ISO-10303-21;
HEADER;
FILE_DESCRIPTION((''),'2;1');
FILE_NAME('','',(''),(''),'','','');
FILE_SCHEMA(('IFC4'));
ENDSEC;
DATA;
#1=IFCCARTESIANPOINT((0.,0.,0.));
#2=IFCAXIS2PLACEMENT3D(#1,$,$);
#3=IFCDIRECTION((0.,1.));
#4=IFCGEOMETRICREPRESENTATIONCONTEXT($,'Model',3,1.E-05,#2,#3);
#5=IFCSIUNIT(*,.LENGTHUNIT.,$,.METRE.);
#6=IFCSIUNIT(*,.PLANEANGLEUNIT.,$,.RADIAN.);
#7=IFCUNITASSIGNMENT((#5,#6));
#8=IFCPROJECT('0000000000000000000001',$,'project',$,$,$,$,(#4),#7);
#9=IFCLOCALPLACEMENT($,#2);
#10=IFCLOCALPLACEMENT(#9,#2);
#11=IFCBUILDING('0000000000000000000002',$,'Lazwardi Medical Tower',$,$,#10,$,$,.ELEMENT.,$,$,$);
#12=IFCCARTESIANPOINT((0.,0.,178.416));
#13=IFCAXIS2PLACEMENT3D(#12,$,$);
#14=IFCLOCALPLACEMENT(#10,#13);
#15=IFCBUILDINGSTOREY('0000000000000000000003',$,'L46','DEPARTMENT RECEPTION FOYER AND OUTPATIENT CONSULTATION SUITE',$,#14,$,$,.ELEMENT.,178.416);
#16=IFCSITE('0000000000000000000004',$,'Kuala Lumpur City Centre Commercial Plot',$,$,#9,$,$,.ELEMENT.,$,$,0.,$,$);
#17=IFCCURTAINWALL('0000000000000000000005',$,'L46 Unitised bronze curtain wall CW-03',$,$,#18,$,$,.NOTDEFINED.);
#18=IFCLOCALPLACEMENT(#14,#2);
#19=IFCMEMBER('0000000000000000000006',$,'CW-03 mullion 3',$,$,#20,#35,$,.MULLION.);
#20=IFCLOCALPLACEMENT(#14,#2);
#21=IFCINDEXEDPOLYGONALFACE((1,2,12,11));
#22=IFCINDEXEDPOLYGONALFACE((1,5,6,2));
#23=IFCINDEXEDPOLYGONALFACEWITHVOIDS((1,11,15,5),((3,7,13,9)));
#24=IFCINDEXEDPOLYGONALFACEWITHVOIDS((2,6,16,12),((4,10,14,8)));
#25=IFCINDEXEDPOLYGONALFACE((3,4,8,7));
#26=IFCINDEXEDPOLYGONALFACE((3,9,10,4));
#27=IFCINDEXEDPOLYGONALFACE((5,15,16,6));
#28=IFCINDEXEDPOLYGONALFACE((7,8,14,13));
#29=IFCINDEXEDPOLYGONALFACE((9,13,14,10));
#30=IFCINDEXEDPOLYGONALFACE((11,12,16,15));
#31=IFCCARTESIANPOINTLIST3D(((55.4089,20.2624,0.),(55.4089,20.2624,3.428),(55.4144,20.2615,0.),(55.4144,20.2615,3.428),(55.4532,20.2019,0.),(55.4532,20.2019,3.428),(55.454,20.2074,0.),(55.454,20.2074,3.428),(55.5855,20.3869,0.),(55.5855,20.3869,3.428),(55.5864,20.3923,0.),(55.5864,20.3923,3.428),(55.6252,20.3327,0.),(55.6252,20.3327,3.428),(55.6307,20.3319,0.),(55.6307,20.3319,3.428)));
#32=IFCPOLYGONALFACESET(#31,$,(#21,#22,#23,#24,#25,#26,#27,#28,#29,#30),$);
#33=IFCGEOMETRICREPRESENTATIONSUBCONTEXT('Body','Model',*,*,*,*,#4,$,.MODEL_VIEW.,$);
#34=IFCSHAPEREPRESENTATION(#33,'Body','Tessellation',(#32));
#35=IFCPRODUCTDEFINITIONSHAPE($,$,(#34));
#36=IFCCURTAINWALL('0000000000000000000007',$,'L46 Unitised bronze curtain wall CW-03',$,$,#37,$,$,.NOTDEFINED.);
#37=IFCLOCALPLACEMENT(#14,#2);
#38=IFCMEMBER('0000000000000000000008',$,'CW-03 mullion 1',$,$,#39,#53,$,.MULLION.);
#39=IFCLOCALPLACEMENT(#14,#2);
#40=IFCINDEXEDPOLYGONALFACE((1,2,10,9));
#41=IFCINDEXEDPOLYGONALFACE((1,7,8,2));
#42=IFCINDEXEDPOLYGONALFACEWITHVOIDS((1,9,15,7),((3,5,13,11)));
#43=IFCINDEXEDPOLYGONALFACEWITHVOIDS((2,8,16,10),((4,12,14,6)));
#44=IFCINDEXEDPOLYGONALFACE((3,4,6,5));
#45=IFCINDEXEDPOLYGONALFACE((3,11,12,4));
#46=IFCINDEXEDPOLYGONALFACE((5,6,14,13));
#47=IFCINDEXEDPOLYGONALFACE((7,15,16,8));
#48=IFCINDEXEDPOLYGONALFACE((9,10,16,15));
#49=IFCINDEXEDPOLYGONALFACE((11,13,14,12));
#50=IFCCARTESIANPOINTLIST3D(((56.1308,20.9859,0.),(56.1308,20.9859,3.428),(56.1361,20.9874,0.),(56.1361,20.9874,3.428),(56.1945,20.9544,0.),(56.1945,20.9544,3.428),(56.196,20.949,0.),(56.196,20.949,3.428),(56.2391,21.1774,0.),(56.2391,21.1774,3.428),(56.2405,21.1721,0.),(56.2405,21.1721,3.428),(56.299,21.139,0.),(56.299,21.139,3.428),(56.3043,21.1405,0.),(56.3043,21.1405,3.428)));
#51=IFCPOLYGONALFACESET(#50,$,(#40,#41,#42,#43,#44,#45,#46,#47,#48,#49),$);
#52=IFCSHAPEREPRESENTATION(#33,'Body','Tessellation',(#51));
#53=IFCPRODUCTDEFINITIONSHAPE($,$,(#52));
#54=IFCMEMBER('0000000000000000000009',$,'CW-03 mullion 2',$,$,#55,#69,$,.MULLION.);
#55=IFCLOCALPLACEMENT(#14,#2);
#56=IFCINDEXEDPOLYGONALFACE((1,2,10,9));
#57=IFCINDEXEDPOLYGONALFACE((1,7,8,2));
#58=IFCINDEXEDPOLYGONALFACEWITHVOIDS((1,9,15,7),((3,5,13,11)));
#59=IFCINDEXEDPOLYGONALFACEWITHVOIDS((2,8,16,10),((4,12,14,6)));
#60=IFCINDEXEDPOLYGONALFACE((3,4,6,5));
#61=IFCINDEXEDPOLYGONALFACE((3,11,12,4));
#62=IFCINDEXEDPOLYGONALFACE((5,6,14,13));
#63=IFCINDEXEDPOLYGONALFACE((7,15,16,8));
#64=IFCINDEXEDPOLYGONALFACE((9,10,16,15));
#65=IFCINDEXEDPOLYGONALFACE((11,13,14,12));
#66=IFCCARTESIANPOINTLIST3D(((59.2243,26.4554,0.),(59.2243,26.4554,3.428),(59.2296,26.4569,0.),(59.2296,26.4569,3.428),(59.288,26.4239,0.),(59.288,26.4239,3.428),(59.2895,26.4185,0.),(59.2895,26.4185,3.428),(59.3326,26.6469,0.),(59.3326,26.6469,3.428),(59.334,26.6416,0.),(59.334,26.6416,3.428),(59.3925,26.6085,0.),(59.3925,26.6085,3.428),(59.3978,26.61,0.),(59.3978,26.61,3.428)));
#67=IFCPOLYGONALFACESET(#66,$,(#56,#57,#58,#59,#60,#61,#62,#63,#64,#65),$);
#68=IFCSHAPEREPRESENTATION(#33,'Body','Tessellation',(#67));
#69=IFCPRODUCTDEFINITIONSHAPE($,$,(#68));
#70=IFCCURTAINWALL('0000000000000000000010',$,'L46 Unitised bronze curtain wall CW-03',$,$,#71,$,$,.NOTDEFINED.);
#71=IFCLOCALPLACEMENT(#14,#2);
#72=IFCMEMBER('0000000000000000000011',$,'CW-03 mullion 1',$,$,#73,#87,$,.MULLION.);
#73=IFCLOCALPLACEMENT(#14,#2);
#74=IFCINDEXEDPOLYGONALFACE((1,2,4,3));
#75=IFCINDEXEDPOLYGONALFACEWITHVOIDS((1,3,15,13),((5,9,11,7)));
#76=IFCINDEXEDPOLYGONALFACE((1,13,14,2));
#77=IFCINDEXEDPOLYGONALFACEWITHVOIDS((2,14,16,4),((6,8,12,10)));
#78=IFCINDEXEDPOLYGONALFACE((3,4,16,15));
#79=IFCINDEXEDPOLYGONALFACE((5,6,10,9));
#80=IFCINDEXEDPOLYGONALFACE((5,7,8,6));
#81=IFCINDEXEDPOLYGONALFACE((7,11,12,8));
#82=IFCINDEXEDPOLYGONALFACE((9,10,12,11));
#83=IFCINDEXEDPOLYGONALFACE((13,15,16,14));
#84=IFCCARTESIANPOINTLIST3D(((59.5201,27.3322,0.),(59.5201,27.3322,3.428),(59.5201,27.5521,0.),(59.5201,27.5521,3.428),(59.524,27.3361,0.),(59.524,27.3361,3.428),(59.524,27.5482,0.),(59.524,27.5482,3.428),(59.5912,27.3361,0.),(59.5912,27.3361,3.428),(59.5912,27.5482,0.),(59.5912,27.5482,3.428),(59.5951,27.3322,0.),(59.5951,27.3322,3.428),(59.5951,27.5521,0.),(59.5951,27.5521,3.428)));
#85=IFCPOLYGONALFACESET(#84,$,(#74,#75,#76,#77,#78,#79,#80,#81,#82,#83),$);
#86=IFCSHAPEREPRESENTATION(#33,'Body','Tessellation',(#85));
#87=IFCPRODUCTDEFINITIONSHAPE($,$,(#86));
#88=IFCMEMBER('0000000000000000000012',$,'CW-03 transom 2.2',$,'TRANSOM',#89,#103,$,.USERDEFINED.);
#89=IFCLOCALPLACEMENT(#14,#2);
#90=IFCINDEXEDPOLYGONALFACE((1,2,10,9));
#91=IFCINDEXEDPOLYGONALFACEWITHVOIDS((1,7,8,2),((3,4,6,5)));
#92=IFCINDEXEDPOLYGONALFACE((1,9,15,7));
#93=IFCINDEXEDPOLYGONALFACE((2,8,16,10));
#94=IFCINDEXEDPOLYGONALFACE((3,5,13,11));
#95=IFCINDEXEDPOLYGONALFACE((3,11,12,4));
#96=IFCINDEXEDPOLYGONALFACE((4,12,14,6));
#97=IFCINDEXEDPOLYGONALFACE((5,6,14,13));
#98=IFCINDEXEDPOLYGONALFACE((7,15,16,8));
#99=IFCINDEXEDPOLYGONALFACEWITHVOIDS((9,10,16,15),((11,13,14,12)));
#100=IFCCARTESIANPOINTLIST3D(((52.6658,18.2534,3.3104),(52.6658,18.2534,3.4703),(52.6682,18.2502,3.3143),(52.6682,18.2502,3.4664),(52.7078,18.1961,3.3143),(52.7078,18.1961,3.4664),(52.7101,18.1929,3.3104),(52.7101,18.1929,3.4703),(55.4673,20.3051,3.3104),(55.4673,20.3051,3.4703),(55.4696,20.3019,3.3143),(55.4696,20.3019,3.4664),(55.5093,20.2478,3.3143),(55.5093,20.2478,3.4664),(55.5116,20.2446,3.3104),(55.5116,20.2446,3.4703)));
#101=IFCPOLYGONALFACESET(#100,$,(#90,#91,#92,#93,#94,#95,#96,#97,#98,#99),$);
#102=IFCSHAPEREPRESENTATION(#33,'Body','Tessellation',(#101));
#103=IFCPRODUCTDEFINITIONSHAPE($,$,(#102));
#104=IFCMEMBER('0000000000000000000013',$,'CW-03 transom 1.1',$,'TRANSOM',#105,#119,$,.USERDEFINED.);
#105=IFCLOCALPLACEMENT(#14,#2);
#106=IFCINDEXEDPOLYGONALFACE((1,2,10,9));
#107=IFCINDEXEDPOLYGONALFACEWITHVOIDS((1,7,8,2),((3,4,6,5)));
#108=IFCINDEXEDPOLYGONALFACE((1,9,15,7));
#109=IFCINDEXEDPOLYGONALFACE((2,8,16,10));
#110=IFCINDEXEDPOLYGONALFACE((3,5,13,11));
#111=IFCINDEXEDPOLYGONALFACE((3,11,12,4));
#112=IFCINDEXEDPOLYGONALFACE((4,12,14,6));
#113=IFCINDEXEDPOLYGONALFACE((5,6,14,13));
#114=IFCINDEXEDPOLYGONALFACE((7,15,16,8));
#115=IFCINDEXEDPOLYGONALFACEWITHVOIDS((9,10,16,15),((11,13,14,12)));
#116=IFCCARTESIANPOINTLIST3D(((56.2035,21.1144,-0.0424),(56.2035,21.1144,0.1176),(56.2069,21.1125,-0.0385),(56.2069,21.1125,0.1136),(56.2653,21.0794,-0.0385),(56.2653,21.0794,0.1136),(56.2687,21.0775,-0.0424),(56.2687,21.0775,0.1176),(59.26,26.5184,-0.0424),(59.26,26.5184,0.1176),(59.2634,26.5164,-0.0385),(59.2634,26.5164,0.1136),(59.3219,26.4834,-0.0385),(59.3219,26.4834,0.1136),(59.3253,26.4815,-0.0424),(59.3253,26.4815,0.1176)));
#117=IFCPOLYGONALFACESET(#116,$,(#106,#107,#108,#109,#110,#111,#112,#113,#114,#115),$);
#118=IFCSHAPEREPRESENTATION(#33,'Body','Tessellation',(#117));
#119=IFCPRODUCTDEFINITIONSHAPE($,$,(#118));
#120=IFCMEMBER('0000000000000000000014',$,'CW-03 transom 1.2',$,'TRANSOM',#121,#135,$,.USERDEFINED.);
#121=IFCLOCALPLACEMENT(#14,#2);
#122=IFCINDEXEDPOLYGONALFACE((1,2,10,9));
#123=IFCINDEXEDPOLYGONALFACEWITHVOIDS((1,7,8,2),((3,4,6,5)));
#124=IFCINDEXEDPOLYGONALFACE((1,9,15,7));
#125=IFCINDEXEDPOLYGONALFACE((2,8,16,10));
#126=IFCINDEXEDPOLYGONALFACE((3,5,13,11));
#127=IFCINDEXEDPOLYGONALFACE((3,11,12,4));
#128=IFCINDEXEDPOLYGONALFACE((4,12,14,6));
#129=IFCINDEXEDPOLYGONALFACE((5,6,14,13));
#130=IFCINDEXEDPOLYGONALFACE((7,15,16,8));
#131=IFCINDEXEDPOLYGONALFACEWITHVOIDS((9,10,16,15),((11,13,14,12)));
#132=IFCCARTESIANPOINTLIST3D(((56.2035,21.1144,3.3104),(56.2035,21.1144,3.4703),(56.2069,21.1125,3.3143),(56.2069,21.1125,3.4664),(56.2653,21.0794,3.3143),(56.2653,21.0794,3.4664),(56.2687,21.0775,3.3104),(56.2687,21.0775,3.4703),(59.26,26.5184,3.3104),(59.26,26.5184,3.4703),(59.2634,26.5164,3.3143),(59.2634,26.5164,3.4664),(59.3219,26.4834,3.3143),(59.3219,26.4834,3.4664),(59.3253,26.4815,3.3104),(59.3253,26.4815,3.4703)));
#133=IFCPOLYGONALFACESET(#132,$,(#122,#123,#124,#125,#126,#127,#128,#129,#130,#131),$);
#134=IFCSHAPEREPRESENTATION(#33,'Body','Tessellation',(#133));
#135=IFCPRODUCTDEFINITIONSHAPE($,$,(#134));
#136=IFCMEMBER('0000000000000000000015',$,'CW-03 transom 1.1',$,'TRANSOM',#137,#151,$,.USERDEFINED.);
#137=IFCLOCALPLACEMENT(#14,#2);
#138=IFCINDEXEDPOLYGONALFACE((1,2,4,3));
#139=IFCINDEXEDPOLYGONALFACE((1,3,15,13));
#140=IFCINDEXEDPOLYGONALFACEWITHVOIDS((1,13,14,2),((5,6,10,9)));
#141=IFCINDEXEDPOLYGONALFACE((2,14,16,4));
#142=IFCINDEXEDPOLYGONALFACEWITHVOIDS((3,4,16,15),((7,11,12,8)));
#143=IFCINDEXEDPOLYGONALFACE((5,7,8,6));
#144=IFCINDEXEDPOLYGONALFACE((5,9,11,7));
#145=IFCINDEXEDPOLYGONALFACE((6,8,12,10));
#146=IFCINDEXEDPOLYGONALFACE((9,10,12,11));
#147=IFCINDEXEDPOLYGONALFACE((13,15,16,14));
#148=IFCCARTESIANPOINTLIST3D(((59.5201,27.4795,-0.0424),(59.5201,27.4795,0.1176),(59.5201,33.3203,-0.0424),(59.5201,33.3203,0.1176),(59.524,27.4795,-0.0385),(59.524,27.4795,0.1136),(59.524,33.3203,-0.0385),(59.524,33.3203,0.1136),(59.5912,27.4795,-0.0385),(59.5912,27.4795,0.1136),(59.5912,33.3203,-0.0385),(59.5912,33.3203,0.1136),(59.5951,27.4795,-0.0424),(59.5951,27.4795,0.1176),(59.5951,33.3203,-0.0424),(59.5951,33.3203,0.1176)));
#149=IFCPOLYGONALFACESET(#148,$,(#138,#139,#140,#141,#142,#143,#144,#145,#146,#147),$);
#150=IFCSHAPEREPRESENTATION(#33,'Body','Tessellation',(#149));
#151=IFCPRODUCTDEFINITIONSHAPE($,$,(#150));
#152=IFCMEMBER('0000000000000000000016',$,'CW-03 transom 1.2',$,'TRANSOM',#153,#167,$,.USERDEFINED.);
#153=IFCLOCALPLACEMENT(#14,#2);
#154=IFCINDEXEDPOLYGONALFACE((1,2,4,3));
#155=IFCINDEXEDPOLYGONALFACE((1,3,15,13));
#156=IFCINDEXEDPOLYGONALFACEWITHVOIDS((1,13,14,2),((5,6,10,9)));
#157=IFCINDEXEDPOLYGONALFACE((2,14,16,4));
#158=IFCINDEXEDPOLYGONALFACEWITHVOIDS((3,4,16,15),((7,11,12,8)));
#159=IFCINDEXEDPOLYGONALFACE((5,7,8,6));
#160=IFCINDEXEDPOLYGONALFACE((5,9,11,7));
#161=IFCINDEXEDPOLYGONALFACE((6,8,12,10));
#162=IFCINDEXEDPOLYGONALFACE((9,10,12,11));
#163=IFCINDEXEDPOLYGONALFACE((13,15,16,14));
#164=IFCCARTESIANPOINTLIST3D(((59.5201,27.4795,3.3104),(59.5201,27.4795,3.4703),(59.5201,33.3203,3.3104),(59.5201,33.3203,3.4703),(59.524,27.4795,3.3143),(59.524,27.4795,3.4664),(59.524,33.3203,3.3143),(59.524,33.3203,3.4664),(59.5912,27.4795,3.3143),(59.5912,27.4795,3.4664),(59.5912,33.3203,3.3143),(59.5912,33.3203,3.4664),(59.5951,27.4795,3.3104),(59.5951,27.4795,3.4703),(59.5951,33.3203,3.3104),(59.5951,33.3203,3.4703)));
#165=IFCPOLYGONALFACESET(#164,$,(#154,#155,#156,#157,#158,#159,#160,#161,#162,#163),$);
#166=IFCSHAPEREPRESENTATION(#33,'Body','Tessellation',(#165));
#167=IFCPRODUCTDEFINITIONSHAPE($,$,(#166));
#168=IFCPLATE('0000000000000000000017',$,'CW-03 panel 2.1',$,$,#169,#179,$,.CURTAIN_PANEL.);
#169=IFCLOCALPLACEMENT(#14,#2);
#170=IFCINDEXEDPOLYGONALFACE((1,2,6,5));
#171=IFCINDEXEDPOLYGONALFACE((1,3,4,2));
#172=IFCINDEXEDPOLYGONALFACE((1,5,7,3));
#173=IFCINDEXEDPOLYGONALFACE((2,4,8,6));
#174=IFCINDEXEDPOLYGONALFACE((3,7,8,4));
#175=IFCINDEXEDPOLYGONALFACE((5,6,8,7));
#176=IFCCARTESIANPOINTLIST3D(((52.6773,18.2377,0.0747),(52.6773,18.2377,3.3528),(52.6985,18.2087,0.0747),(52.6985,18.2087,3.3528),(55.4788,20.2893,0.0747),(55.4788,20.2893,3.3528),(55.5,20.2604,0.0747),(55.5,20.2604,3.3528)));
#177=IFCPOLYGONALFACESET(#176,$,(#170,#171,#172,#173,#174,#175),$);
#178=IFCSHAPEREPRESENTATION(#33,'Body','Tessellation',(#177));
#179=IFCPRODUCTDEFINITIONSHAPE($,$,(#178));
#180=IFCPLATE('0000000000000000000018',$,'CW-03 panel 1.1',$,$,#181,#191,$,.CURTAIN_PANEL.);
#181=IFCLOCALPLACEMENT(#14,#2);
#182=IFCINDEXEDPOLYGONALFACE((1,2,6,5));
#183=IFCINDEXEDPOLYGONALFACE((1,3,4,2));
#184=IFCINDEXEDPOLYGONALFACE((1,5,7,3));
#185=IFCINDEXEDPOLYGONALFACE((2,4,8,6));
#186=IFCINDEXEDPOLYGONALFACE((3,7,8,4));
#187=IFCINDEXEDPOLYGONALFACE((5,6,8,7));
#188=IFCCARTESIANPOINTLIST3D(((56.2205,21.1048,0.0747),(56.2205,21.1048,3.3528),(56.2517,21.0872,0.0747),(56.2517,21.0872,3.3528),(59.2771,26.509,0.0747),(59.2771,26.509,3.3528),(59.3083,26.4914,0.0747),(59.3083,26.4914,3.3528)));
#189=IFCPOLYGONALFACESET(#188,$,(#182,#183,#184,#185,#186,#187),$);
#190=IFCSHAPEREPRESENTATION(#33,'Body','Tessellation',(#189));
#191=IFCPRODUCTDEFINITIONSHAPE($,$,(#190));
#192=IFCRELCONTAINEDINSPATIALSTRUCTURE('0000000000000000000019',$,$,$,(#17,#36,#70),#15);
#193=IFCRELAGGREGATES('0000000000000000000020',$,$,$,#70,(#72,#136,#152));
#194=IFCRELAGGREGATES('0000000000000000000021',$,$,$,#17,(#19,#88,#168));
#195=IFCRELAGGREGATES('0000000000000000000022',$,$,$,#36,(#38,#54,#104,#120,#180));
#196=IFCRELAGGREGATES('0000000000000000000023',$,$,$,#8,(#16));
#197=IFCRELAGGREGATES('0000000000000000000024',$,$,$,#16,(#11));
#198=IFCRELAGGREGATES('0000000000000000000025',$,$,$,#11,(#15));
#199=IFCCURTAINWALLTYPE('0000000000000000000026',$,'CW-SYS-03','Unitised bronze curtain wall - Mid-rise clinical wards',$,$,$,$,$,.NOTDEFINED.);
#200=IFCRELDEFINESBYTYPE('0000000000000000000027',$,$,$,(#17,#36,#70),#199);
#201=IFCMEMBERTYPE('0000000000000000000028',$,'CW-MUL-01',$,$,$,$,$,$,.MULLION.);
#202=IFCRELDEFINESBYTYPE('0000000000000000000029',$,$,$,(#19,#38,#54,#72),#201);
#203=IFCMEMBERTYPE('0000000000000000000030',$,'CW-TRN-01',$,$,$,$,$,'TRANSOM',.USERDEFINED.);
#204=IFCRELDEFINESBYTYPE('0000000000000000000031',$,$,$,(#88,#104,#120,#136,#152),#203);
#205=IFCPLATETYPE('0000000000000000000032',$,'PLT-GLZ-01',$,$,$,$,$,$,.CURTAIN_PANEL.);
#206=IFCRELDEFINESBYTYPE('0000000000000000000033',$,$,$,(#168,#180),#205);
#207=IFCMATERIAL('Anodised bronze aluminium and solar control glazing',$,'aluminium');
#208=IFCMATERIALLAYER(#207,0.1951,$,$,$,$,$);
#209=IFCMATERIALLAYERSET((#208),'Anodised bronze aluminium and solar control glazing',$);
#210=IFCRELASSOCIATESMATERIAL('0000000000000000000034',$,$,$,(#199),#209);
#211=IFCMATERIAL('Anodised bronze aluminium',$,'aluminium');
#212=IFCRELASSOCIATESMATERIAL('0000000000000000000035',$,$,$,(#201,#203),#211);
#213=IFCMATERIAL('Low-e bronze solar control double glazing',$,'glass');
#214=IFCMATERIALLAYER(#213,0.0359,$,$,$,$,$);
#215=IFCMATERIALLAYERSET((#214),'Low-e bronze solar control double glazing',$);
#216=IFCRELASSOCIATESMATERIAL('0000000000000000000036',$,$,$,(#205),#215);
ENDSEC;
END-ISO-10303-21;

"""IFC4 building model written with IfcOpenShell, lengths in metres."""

from ifc_helpers import new_model, si_unit, direction, frame, origin, origin_2d, place, context, subcontext, project, spatial, rectangle, hollow_rectangle, extrude, material, layer, layer_set, material_profile, profile_set, type_object, element, aggregate, save


model = new_model("IFC4")

# Units and contexts
model_context = context("Model", 3, precision=1e-05, world=origin(), true_north=direction((0.0, 1.0)))
body_context = subcontext(model_context, "Body", "Model", "MODEL_VIEW")
ifc_project = project(units=[si_unit("LENGTHUNIT", "METRE"), si_unit("PLANEANGLEUNIT", "RADIAN")], contexts=[model_context])

# Site, building, storey
site_placement = place(None, origin())
site = spatial("IfcSite", under=ifc_project, at=site_placement, Name="Kuala Lumpur City Centre Commercial Plot", CompositionType="ELEMENT", RefElevation=0.0)
building_placement = place(site_placement, origin())
building = spatial("IfcBuilding", under=site, at=building_placement, Name="Lazwardi Medical Tower", CompositionType="ELEMENT")
storey_placement = place(building_placement, frame((0.0, 0.0, 178.416)))
storey = spatial("IfcBuildingStorey", under=building, at=storey_placement, Name="L46", Description="DEPARTMENT RECEPTION FOYER AND OUTPATIENT CONSULTATION SUITE", CompositionType="ELEMENT", Elevation=178.416)

# Curtain wall, member
ifc_material_1 = material(Name="Anodised bronze aluminium and solar control glazing", Category="aluminium")
ifc_layer_1 = layer(ifc_material_1, 0.1951)
ifc_layer_set_1 = layer_set([ifc_layer_1], Name="Anodised bronze aluminium and solar control glazing")
curtain_wall_type = type_object("IfcCurtainWallType", Name="CW-SYS-03", Description="Unitised bronze curtain wall - Mid-rise clinical wards", PredefinedType="NOTDEFINED", material=ifc_layer_set_1)
curtain_wall_1_placement = place(storey_placement, origin())
curtain_wall_1 = element("IfcCurtainWall", 1, at=curtain_wall_1_placement, inside=storey, type_object=curtain_wall_type, Name="L46 Unitised bronze curtain wall CW-03", PredefinedType="NOTDEFINED")
ifc_material_2 = material(Name="Anodised bronze aluminium", Category="aluminium")
ifc_material_profile_1 = material_profile(ifc_material_2, hollow_rectangle(XDim=0.075, YDim=0.22, WallThickness=0.0039, at=origin_2d()), Name="ALU-MULLION 220x75x4")
ifc_profile_set_1 = profile_set([ifc_material_profile_1], Name="Anodised bronze aluminium")
member_type_1 = type_object("IfcMemberType", Name="CW-MUL-01", PredefinedType="MULLION", material=ifc_profile_set_1)
member_1_placement = place(storey_placement, frame((55.5198, 20.2971, 0.0), z_axis=(0.0, 0.0, 1.0), x_axis=(-0.590834, 0.806793, 0.0)))
member_1 = element("IfcMember", 2, at=member_1_placement, type_object=member_type_1, Name="CW-03 mullion 3", PredefinedType="MULLION", context=body_context, shape_type="SweptSolid", body=[
    extrude(hollow_rectangle(XDim=0.075, YDim=0.22, WallThickness=0.0039, at=origin_2d()), origin(), (0.0, 0.0, 1.0), 3.428),
])

# Curtain wall, members
curtain_wall_2_placement = place(storey_placement, origin())
curtain_wall_2 = element("IfcCurtainWall", 3, at=curtain_wall_2_placement, inside=storey, type_object=curtain_wall_type, Name="L46 Unitised bronze curtain wall CW-03", PredefinedType="NOTDEFINED")
member_2_placement = place(storey_placement, frame((56.2175, 21.0632, 0.0), z_axis=(0.0, 0.0, 1.0), x_axis=(-0.870419, 0.492312, 0.0)))
member_2 = element("IfcMember", 4, at=member_2_placement, type_object=member_type_1, Name="CW-03 mullion 1", PredefinedType="MULLION", context=body_context, shape_type="SweptSolid", body=[
    extrude(hollow_rectangle(XDim=0.075, YDim=0.22, WallThickness=0.0039, at=origin_2d()), origin(), (0.0, 0.0, 1.0), 3.428),
])
member_3_placement = place(storey_placement, frame((59.311, 26.5327, 0.0), z_axis=(0.0, 0.0, 1.0), x_axis=(-0.870419, 0.492312, 0.0)))
member_3 = element("IfcMember", 5, at=member_3_placement, type_object=member_type_1, Name="CW-03 mullion 2", PredefinedType="MULLION", context=body_context, shape_type="SweptSolid", body=[
    extrude(hollow_rectangle(XDim=0.075, YDim=0.22, WallThickness=0.0039, at=origin_2d()), origin(), (0.0, 0.0, 1.0), 3.428),
])

# Curtain wall, member
curtain_wall_3_placement = place(storey_placement, origin())
curtain_wall_3 = element("IfcCurtainWall", 6, at=curtain_wall_3_placement, inside=storey, type_object=curtain_wall_type, Name="L46 Unitised bronze curtain wall CW-03", PredefinedType="NOTDEFINED")
member_4_placement = place(storey_placement, frame((59.5576, 27.4421, 0.0), z_axis=(0.0, 0.0, 1.0), x_axis=(-1.0, 0.0, 0.0)))
member_4 = element("IfcMember", 7, at=member_4_placement, type_object=member_type_1, Name="CW-03 mullion 1", PredefinedType="MULLION", context=body_context, shape_type="SweptSolid", body=[
    extrude(hollow_rectangle(XDim=0.075, YDim=0.22, WallThickness=0.0039, at=origin_2d()), origin(), (0.0, 0.0, 1.0), 3.428),
])

# Members
ifc_material_profile_2 = material_profile(ifc_material_2, hollow_rectangle(XDim=0.075, YDim=0.1599, WallThickness=0.0039, at=origin_2d()), Name="ALU-TRANSOM 160x75x4")
ifc_profile_set_2 = profile_set([ifc_material_profile_2], Name="Anodised bronze aluminium")
member_type_2 = type_object("IfcMemberType", Name="CW-TRN-01", ElementType="TRANSOM", PredefinedType="USERDEFINED", material=ifc_profile_set_2)
member_5_placement = place(storey_placement, frame((52.688, 18.2231, 3.3904), z_axis=(0.806774, 0.590861, 0.0), x_axis=(-0.590861, 0.806774, 0.0)))
member_5 = element("IfcMember", 8, at=member_5_placement, type_object=member_type_2, Name="CW-03 transom 2.2", ObjectType="TRANSOM", PredefinedType="USERDEFINED", context=body_context, shape_type="SweptSolid", body=[
    extrude(hollow_rectangle(XDim=0.075, YDim=0.1599, WallThickness=0.0039, at=origin_2d()), origin(), (0.0, 0.0, 1.0), 3.4724),
])
member_6_placement = place(storey_placement, frame((56.2361, 21.0959, 0.0376), z_axis=(0.492323, 0.870413, 0.0), x_axis=(-0.870413, 0.492323, 0.0)))
member_6 = element("IfcMember", 9, at=member_6_placement, type_object=member_type_2, Name="CW-03 transom 1.1", ObjectType="TRANSOM", PredefinedType="USERDEFINED", context=body_context, shape_type="SweptSolid", body=[
    extrude(hollow_rectangle(XDim=0.075, YDim=0.1599, WallThickness=0.0039, at=origin_2d()), origin(), (0.0, 0.0, 1.0), 6.2085),
])
member_7_placement = place(storey_placement, frame((56.2361, 21.0959, 3.3904), z_axis=(0.492323, 0.870413, 0.0), x_axis=(-0.870413, 0.492323, 0.0)))
member_7 = element("IfcMember", 10, at=member_7_placement, type_object=member_type_2, Name="CW-03 transom 1.2", ObjectType="TRANSOM", PredefinedType="USERDEFINED", context=body_context, shape_type="SweptSolid", body=[
    extrude(hollow_rectangle(XDim=0.075, YDim=0.1599, WallThickness=0.0039, at=origin_2d()), origin(), (0.0, 0.0, 1.0), 6.2085),
])
member_8_placement = place(storey_placement, frame((59.5576, 27.4795, 0.0376), z_axis=(0.0, 1.0, 0.0), x_axis=(-1.0, 0.0, 0.0)))
member_8 = element("IfcMember", 11, at=member_8_placement, type_object=member_type_2, Name="CW-03 transom 1.1", ObjectType="TRANSOM", PredefinedType="USERDEFINED", context=body_context, shape_type="SweptSolid", body=[
    extrude(hollow_rectangle(XDim=0.075, YDim=0.1599, WallThickness=0.0039, at=origin_2d()), origin(), (0.0, 0.0, 1.0), 5.8408),
])
member_9_placement = place(storey_placement, frame((59.5576, 27.4795, 3.3904), z_axis=(0.0, 1.0, 0.0), x_axis=(-1.0, 0.0, 0.0)))
member_9 = element("IfcMember", 12, at=member_9_placement, type_object=member_type_2, Name="CW-03 transom 1.2", ObjectType="TRANSOM", PredefinedType="USERDEFINED", context=body_context, shape_type="SweptSolid", body=[
    extrude(hollow_rectangle(XDim=0.075, YDim=0.1599, WallThickness=0.0039, at=origin_2d()), origin(), (0.0, 0.0, 1.0), 5.8408),
])
aggregate(curtain_wall_3, [member_4, member_8, member_9])

# Plates
ifc_material_3 = material(Name="Low-e bronze solar control double glazing", Category="glass")
ifc_layer_2 = layer(ifc_material_3, 0.0359)
ifc_layer_set_2 = layer_set([ifc_layer_2], Name="Low-e bronze solar control double glazing")
plate_type = type_object("IfcPlateType", Name="PLT-GLZ-01", PredefinedType="CURTAIN_PANEL", material=ifc_layer_set_2)
plate_1_placement = place(storey_placement, frame((54.0886, 19.249, 0.0747), z_axis=(0.0, 0.0, 1.0), x_axis=(0.806793, 0.590834, 0.0)))
plate_1 = element("IfcPlate", 13, at=plate_1_placement, type_object=plate_type, Name="CW-03 panel 2.1", PredefinedType="CURTAIN_PANEL", context=body_context, shape_type="SweptSolid", body=[
    extrude(rectangle(XDim=3.4724, YDim=0.0359, at=origin_2d()), origin(), (0.0, 0.0, 1.0), 3.2781),
])
aggregate(curtain_wall_1, [member_1, member_5, plate_1])
plate_2_placement = place(storey_placement, frame((57.7644, 23.7981, 0.0747), z_axis=(0.0, 0.0, 1.0), x_axis=(0.492312, 0.870419, 0.0)))
plate_2 = element("IfcPlate", 14, at=plate_2_placement, type_object=plate_type, Name="CW-03 panel 1.1", PredefinedType="CURTAIN_PANEL", context=body_context, shape_type="SweptSolid", body=[
    extrude(rectangle(XDim=6.2087, YDim=0.0359, at=origin_2d()), origin(), (0.0, 0.0, 1.0), 3.2781),
])
aggregate(curtain_wall_2, [member_2, member_3, member_6, member_7, plate_2])

save(model, "model.ifc")
